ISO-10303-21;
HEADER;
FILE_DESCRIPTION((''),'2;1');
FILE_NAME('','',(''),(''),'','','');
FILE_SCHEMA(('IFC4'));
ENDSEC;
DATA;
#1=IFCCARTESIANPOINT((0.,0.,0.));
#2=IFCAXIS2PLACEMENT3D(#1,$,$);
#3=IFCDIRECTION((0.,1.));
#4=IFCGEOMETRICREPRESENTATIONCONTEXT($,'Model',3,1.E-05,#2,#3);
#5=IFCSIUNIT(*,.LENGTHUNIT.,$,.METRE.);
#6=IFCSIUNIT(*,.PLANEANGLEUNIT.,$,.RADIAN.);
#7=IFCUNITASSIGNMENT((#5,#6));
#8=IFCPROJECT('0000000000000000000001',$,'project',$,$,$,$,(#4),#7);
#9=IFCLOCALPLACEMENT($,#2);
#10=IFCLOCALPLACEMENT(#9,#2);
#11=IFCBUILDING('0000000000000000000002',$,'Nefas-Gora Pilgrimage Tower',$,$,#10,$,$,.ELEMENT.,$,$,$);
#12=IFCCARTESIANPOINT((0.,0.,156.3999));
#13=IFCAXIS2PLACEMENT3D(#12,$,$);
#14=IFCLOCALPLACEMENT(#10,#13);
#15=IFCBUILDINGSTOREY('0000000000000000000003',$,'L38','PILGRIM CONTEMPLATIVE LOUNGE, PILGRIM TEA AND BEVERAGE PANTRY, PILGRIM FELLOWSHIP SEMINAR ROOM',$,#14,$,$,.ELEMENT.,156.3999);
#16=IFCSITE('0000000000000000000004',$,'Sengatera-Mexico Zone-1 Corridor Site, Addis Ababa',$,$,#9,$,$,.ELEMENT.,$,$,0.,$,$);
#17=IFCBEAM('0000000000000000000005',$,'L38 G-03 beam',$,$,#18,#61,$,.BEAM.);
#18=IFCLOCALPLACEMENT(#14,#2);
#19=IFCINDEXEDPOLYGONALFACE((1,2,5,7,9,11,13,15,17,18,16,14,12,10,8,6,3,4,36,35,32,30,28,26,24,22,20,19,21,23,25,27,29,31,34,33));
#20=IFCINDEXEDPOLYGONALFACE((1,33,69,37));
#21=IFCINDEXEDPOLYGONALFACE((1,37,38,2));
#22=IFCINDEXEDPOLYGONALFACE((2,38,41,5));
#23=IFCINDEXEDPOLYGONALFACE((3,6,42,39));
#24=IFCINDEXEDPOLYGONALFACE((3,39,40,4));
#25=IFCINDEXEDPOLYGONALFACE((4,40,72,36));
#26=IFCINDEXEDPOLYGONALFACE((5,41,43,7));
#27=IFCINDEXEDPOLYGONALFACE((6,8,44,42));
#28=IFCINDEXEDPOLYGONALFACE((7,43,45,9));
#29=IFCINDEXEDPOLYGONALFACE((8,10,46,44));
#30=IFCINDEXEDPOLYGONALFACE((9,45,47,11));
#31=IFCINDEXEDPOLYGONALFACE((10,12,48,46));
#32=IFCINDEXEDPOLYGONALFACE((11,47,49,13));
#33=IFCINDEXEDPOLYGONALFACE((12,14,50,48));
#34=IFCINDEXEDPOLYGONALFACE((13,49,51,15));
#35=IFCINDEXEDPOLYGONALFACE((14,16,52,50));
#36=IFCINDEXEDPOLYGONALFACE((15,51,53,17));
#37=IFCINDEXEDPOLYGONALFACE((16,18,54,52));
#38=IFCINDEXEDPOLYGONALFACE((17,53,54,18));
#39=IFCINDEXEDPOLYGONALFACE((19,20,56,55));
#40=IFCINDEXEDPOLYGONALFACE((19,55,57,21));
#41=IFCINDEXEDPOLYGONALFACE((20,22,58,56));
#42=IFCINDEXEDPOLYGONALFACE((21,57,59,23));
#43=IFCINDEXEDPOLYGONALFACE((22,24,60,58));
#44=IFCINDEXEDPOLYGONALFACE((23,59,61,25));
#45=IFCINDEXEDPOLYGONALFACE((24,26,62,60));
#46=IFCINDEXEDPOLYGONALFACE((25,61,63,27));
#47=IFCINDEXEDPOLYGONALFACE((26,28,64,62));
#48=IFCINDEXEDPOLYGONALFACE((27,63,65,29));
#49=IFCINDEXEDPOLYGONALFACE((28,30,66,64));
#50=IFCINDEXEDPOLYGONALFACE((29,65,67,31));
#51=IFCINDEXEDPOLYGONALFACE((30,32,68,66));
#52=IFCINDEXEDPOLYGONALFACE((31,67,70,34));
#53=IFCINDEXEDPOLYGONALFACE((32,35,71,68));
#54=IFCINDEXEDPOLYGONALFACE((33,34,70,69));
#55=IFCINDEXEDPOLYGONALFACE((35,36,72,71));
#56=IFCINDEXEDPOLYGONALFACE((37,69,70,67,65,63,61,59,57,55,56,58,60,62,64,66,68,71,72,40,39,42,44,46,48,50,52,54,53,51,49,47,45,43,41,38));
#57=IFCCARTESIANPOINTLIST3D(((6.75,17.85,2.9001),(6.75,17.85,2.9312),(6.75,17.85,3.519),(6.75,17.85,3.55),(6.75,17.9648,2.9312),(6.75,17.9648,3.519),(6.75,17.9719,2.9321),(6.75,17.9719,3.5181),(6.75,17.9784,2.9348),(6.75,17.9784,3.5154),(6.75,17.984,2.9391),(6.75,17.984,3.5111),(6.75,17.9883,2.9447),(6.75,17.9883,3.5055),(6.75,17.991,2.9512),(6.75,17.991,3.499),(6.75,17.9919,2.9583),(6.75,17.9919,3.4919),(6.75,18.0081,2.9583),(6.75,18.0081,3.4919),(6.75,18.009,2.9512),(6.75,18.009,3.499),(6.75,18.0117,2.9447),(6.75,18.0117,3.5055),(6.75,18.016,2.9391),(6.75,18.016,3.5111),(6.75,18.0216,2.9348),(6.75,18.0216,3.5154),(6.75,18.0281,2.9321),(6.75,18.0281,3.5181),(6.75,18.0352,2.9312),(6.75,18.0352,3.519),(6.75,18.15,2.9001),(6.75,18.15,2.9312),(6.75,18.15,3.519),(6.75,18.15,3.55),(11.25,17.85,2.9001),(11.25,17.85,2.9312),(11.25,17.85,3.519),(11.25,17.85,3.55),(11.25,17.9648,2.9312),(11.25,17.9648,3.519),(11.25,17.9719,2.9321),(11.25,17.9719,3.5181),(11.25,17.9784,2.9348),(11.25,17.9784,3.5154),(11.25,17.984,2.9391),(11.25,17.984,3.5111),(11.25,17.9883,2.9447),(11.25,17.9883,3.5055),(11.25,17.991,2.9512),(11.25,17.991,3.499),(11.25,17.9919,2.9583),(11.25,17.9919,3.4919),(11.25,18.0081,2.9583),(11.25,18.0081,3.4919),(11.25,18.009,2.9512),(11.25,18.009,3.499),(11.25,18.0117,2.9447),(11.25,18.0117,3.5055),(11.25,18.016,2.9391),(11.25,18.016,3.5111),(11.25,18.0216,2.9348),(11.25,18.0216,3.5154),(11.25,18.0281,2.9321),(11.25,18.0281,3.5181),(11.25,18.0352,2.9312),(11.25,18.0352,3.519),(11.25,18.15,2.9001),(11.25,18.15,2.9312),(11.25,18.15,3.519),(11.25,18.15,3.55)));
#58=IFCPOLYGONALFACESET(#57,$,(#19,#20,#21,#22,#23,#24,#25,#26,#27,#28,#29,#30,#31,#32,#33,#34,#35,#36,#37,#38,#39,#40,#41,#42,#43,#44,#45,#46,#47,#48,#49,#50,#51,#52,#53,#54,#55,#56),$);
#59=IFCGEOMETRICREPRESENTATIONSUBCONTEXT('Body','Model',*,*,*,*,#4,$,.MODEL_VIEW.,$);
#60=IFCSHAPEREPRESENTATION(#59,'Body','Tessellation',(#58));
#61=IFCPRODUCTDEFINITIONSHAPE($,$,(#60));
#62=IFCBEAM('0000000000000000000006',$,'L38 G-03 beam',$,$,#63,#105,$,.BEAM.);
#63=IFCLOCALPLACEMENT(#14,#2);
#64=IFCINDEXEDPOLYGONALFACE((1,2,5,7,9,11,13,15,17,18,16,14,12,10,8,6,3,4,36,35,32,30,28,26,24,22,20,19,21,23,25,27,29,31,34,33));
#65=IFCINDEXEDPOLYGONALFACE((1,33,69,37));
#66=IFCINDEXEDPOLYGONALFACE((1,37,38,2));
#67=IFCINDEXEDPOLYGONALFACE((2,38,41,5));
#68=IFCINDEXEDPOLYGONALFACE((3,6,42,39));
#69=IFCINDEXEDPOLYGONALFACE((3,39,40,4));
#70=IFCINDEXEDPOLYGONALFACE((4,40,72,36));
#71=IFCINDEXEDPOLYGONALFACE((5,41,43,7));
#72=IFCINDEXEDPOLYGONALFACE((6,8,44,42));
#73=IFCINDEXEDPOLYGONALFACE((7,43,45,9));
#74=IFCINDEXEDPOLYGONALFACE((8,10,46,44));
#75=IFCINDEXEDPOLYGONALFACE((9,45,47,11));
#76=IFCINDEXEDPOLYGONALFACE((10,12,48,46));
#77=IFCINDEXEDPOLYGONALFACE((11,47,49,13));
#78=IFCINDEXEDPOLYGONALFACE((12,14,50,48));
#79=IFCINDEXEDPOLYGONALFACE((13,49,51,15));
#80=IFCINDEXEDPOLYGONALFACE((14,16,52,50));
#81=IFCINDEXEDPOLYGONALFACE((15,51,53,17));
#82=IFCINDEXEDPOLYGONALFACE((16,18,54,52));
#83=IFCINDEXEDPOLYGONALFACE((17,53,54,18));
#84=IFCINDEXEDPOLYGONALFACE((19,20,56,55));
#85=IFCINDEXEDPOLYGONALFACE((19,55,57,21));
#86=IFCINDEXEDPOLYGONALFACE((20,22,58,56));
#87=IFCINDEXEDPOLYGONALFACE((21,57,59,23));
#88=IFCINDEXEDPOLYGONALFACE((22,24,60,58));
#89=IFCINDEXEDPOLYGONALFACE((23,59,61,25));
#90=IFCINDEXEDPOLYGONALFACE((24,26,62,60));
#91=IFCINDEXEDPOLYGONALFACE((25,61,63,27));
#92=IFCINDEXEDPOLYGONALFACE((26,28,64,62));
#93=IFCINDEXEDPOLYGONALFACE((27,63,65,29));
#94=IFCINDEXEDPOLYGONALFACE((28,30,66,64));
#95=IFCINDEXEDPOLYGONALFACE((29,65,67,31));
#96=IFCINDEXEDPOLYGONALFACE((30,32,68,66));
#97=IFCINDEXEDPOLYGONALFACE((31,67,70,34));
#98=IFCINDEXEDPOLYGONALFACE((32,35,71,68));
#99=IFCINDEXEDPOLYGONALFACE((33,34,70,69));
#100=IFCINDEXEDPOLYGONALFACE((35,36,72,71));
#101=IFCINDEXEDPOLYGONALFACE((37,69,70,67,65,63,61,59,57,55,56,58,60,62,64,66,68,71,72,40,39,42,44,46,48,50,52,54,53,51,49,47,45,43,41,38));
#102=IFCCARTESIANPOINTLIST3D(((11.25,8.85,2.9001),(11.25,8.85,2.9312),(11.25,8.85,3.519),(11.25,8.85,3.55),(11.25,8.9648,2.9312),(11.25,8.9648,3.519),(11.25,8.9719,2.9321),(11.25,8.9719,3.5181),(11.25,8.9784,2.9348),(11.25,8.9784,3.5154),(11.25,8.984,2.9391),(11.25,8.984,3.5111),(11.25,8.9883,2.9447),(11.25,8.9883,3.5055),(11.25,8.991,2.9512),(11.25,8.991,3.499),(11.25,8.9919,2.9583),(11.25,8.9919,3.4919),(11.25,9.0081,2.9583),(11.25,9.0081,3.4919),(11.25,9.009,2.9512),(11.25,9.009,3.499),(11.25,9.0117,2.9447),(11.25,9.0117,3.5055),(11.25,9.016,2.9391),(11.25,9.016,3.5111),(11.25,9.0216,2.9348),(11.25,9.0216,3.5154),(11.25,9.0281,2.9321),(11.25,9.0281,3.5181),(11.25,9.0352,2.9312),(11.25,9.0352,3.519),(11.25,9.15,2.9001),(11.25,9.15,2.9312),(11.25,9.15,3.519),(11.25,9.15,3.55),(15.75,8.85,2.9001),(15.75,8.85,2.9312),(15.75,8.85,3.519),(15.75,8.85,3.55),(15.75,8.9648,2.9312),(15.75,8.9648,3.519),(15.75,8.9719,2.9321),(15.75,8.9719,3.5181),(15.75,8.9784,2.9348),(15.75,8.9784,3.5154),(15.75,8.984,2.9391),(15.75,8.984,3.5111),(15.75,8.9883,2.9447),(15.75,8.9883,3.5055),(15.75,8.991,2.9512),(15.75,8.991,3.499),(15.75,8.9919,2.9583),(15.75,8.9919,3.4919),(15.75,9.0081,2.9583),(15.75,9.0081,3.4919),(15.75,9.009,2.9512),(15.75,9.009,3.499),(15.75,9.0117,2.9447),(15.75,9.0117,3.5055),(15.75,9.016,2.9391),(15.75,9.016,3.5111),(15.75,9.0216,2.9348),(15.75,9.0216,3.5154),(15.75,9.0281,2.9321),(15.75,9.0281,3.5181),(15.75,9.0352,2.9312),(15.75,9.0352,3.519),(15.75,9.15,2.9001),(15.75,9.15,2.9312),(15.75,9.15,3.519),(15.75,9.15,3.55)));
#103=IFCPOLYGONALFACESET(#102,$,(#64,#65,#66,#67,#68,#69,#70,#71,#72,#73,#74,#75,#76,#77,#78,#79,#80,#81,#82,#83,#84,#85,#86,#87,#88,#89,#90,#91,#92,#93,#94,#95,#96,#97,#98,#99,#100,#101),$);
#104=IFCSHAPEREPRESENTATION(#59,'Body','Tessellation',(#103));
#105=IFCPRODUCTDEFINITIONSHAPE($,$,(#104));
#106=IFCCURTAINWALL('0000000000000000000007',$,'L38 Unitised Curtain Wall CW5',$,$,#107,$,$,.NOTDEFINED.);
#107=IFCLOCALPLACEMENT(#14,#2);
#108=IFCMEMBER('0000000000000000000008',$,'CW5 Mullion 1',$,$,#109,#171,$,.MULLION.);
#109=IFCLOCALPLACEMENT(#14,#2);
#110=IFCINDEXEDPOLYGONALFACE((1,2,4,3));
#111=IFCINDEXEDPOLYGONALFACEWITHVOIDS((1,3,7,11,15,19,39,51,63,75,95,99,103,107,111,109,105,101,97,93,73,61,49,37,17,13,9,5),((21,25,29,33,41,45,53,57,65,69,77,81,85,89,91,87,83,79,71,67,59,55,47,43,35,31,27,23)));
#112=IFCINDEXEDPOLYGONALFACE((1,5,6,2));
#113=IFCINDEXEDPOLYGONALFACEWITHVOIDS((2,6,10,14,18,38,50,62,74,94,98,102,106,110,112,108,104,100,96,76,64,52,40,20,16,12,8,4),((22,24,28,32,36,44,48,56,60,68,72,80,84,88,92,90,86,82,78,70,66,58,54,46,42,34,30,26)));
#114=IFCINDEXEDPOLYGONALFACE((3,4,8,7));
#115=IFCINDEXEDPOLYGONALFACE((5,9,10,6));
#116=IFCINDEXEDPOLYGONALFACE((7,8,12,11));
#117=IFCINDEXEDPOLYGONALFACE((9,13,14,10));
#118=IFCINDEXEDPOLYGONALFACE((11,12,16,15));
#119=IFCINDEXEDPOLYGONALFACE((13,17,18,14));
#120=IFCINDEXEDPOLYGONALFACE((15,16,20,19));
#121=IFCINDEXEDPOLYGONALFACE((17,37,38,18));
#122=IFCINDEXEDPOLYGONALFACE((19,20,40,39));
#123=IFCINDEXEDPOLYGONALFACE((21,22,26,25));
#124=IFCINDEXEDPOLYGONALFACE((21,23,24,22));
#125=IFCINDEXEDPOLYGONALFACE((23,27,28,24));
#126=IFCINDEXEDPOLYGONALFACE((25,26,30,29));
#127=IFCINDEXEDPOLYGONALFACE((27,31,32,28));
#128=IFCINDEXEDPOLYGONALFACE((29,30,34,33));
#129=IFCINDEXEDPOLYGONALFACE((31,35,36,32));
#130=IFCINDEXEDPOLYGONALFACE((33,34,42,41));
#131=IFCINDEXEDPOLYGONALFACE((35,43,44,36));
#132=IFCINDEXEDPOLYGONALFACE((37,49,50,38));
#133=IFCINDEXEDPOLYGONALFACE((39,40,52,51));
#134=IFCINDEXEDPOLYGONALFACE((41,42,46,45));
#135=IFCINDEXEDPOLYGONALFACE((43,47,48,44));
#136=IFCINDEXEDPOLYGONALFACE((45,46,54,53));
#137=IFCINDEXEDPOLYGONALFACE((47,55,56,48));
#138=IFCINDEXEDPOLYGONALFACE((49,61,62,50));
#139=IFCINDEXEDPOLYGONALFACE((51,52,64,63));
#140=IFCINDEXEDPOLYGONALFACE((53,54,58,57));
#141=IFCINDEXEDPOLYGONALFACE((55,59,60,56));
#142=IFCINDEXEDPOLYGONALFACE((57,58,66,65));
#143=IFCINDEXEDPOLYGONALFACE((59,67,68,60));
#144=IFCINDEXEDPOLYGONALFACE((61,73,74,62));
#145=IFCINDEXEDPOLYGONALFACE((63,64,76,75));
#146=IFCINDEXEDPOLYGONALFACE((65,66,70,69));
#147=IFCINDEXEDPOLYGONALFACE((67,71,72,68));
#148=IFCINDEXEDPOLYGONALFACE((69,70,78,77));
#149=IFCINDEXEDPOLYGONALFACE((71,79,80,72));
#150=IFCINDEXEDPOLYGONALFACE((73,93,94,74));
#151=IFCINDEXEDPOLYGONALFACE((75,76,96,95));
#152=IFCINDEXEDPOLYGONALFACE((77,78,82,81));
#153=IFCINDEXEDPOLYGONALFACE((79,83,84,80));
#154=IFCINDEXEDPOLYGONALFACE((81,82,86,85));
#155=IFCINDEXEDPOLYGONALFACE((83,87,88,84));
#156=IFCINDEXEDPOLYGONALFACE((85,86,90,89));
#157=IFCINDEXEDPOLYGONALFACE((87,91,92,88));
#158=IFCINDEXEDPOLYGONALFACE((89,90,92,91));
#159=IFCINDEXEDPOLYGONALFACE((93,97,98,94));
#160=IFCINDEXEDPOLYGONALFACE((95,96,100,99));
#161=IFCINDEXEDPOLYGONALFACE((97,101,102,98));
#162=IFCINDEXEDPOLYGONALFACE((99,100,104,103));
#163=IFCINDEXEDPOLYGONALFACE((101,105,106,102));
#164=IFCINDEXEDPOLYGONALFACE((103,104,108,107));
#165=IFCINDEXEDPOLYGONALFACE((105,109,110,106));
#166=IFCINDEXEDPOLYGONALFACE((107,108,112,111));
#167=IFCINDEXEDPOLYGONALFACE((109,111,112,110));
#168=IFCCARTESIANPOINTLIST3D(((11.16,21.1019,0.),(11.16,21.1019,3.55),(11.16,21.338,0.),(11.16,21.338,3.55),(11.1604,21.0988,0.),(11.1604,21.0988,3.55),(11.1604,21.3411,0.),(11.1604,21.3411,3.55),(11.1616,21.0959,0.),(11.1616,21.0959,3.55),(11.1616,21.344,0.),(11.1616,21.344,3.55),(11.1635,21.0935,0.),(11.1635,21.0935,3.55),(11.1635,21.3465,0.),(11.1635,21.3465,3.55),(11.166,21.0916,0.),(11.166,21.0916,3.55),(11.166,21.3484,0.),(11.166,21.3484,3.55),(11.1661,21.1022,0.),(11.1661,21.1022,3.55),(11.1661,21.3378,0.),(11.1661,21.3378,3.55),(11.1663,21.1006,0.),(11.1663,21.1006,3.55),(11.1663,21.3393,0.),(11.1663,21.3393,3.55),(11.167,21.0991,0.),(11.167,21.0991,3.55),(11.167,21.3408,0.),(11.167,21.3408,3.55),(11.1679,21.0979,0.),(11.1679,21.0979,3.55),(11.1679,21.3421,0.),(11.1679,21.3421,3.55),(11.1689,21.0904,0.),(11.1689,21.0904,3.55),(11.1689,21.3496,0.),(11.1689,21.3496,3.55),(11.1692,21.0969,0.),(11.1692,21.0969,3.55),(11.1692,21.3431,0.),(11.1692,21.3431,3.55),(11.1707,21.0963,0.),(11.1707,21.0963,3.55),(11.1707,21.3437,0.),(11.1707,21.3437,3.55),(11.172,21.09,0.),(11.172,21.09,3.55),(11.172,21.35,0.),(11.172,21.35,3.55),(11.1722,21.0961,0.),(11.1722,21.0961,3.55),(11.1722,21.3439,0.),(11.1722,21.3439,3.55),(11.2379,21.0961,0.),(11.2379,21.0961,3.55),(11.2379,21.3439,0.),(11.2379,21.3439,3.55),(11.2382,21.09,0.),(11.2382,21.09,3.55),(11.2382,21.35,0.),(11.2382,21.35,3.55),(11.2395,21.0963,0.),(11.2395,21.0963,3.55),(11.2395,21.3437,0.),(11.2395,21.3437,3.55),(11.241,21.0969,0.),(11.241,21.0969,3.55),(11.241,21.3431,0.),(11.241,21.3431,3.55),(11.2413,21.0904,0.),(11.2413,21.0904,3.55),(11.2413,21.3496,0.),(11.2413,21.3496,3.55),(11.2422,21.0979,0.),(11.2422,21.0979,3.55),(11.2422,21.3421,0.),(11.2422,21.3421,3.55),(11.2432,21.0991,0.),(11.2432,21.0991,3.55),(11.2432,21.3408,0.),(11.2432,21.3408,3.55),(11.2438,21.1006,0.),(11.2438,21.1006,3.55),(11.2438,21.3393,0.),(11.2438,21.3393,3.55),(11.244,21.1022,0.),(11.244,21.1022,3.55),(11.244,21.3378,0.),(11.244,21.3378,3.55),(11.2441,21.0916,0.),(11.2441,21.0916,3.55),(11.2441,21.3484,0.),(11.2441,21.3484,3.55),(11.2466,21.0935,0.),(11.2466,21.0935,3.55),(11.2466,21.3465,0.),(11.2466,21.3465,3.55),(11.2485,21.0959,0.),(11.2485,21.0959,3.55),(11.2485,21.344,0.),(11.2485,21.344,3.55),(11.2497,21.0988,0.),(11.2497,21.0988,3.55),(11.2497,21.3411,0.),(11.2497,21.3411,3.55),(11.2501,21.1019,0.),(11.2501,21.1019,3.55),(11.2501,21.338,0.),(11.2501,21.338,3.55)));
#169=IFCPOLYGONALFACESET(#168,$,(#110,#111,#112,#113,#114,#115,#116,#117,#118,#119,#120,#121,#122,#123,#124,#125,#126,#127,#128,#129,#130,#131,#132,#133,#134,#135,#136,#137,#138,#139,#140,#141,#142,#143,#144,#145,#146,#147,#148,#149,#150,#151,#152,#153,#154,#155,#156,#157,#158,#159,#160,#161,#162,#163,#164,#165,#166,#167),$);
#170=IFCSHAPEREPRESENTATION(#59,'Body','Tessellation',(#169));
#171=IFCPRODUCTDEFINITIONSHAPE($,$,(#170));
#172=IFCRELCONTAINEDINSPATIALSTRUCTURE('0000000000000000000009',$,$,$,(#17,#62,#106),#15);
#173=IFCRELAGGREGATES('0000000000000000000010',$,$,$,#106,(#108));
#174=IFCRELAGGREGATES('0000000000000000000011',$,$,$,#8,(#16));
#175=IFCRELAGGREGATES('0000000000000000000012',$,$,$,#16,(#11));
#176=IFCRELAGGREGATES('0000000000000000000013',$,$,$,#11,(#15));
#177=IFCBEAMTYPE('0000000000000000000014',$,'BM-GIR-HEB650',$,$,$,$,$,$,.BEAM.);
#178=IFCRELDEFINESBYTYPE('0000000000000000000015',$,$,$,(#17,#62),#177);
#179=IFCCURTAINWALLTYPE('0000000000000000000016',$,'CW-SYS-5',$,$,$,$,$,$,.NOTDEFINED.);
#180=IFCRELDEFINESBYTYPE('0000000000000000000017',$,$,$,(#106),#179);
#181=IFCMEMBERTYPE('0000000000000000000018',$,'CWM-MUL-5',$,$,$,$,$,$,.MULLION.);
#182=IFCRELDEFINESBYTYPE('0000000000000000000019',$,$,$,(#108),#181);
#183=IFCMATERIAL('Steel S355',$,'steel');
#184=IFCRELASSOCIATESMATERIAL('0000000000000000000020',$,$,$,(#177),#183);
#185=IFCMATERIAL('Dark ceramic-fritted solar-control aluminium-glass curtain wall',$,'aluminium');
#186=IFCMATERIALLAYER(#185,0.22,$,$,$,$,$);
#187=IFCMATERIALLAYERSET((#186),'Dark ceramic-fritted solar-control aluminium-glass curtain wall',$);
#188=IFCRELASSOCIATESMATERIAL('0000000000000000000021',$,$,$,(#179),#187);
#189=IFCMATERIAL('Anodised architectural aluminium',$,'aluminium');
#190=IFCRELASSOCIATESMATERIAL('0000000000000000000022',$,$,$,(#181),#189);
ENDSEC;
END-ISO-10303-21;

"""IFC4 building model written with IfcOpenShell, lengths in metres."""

from ifc_helpers import new_model, si_unit, direction, frame, origin, origin_2d, place, context, subcontext, project, spatial, hollow_rectangle, i_section, extrude, source, transform, mapped, material, layer, layer_set, material_profile, profile_set, type_object, element, aggregate, save


model = new_model("IFC4")

# Units and contexts
model_context = context("Model", 3, precision=1e-05, world=origin(), true_north=direction((0.0, 1.0)))
body_context = subcontext(model_context, "Body", "Model", "MODEL_VIEW")
ifc_project = project(units=[si_unit("LENGTHUNIT", "METRE"), si_unit("PLANEANGLEUNIT", "RADIAN")], contexts=[model_context])

# Site, building, storey
site_placement = place(None, origin())
site = spatial("IfcSite", under=ifc_project, at=site_placement, Name="Sengatera-Mexico Zone-1 Corridor Site, Addis Ababa", CompositionType="ELEMENT", RefElevation=0.0)
building_placement = place(site_placement, origin())
building = spatial("IfcBuilding", under=site, at=building_placement, Name="Nefas-Gora Pilgrimage Tower", CompositionType="ELEMENT")
storey_placement = place(building_placement, frame((0.0, 0.0, 156.3999)))
storey = spatial("IfcBuildingStorey", under=building, at=storey_placement, Name="L38", Description="PILGRIM CONTEMPLATIVE LOUNGE, PILGRIM TEA AND BEVERAGE PANTRY, PILGRIM FELLOWSHIP SEMINAR ROOM", CompositionType="ELEMENT", Elevation=156.3999)

# Beams
ifc_material_1 = material(Name="Steel S355", Category="steel")
ifc_material_profile_1 = material_profile(ifc_material_1, i_section(OverallWidth=0.3, OverallDepth=0.6499, WebThickness=0.0161, FlangeThickness=0.031, FilletRadius=0.0271, at=origin_2d()), Name="HEB 650")
ifc_profile_set_1 = profile_set([ifc_material_profile_1], Name="Steel S355")
beam_type = type_object("IfcBeamType", Name="BM-GIR-HEB650", PredefinedType="BEAM", material=ifc_profile_set_1)
shared_shape_1 = source(origin(), body_context, "Body", "SweptSolid", [
    extrude(i_section(OverallWidth=0.3, OverallDepth=0.6499, WebThickness=0.0161, FlangeThickness=0.031, FilletRadius=0.0271, at=origin_2d()), origin(), (0.0, 0.0, 1.0), 4.5),
])
for number, where, z_axis, x_axis, name in (
    (1, (6.75, 18.0, 3.2251), (1.0, 0.0, 0.0), (0.0, 1.0, 0.0), "L38 G-03 beam"),
    (2, (11.25, 9.0, 3.2251), (1.0, 0.0, 0.0), (0.0, 1.0, 0.0), "L38 G-03 beam"),
):
    element("IfcBeam", number, at=place(storey_placement, frame(where, z_axis=z_axis, x_axis=x_axis)), inside=storey, type_object=beam_type, Name=name, PredefinedType="BEAM", context=body_context, shape_type="MappedRepresentation", body=[
        mapped(shared_shape_1, transform((0.0, 0.0, 0.0), x_axis=(1.0, 0.0, 0.0), y_axis=(0.0, 1.0, 0.0), z_axis=(0.0, 0.0, 1.0), scale=1.0)),
    ])

# Curtain wall, member
ifc_material_2 = material(Name="Dark ceramic-fritted solar-control aluminium-glass curtain wall", Category="aluminium")
ifc_layer_1 = layer(ifc_material_2, 0.22)
ifc_layer_set_1 = layer_set([ifc_layer_1], Name="Dark ceramic-fritted solar-control aluminium-glass curtain wall")
curtain_wall_type = type_object("IfcCurtainWallType", Name="CW-SYS-5", PredefinedType="NOTDEFINED", material=ifc_layer_set_1)
curtain_wall_placement = place(storey_placement, origin())
curtain_wall = element("IfcCurtainWall", 3, at=curtain_wall_placement, inside=storey, type_object=curtain_wall_type, Name="L38 Unitised Curtain Wall CW5", PredefinedType="NOTDEFINED")
ifc_material_3 = material(Name="Anodised architectural aluminium", Category="aluminium")
ifc_material_profile_2 = material_profile(ifc_material_3, hollow_rectangle(XDim=0.0901, YDim=0.26, WallThickness=0.0061, InnerFilletRadius=0.0061, OuterFilletRadius=0.012, at=origin_2d()), Name="ALU MULLION 90x260")
ifc_profile_set_2 = profile_set([ifc_material_profile_2], Name="Anodised architectural aluminium")
member_type_1 = type_object("IfcMemberType", Name="CWM-MUL-5", PredefinedType="MULLION", material=ifc_profile_set_2)
shared_shape_2 = source(origin(), body_context, "Body", "SweptSolid", [
    extrude(hollow_rectangle(XDim=0.0901, YDim=0.26, WallThickness=0.0061, InnerFilletRadius=0.0061, OuterFilletRadius=0.012, at=origin_2d()), origin(), (0.0, 0.0, 1.0), 3.55),
])
member_1_placement = place(storey_placement, frame((11.2051, 21.22, 0.0), z_axis=(0.0, 0.0, 1.0), x_axis=(-1.0, 0.0, 0.0)))
member_1 = element("IfcMember", 4, at=member_1_placement, type_object=member_type_1, Name="CW5 Mullion 1", PredefinedType="MULLION", context=body_context, shape_type="MappedRepresentation", body=[
    mapped(shared_shape_2, transform((0.0, 0.0, 0.0), x_axis=(1.0, 0.0, 0.0), y_axis=(0.0, 1.0, 0.0), z_axis=(0.0, 0.0, 1.0), scale=1.0)),
])
aggregate(curtain_wall, [member_1])

save(model, "model.ifc")
